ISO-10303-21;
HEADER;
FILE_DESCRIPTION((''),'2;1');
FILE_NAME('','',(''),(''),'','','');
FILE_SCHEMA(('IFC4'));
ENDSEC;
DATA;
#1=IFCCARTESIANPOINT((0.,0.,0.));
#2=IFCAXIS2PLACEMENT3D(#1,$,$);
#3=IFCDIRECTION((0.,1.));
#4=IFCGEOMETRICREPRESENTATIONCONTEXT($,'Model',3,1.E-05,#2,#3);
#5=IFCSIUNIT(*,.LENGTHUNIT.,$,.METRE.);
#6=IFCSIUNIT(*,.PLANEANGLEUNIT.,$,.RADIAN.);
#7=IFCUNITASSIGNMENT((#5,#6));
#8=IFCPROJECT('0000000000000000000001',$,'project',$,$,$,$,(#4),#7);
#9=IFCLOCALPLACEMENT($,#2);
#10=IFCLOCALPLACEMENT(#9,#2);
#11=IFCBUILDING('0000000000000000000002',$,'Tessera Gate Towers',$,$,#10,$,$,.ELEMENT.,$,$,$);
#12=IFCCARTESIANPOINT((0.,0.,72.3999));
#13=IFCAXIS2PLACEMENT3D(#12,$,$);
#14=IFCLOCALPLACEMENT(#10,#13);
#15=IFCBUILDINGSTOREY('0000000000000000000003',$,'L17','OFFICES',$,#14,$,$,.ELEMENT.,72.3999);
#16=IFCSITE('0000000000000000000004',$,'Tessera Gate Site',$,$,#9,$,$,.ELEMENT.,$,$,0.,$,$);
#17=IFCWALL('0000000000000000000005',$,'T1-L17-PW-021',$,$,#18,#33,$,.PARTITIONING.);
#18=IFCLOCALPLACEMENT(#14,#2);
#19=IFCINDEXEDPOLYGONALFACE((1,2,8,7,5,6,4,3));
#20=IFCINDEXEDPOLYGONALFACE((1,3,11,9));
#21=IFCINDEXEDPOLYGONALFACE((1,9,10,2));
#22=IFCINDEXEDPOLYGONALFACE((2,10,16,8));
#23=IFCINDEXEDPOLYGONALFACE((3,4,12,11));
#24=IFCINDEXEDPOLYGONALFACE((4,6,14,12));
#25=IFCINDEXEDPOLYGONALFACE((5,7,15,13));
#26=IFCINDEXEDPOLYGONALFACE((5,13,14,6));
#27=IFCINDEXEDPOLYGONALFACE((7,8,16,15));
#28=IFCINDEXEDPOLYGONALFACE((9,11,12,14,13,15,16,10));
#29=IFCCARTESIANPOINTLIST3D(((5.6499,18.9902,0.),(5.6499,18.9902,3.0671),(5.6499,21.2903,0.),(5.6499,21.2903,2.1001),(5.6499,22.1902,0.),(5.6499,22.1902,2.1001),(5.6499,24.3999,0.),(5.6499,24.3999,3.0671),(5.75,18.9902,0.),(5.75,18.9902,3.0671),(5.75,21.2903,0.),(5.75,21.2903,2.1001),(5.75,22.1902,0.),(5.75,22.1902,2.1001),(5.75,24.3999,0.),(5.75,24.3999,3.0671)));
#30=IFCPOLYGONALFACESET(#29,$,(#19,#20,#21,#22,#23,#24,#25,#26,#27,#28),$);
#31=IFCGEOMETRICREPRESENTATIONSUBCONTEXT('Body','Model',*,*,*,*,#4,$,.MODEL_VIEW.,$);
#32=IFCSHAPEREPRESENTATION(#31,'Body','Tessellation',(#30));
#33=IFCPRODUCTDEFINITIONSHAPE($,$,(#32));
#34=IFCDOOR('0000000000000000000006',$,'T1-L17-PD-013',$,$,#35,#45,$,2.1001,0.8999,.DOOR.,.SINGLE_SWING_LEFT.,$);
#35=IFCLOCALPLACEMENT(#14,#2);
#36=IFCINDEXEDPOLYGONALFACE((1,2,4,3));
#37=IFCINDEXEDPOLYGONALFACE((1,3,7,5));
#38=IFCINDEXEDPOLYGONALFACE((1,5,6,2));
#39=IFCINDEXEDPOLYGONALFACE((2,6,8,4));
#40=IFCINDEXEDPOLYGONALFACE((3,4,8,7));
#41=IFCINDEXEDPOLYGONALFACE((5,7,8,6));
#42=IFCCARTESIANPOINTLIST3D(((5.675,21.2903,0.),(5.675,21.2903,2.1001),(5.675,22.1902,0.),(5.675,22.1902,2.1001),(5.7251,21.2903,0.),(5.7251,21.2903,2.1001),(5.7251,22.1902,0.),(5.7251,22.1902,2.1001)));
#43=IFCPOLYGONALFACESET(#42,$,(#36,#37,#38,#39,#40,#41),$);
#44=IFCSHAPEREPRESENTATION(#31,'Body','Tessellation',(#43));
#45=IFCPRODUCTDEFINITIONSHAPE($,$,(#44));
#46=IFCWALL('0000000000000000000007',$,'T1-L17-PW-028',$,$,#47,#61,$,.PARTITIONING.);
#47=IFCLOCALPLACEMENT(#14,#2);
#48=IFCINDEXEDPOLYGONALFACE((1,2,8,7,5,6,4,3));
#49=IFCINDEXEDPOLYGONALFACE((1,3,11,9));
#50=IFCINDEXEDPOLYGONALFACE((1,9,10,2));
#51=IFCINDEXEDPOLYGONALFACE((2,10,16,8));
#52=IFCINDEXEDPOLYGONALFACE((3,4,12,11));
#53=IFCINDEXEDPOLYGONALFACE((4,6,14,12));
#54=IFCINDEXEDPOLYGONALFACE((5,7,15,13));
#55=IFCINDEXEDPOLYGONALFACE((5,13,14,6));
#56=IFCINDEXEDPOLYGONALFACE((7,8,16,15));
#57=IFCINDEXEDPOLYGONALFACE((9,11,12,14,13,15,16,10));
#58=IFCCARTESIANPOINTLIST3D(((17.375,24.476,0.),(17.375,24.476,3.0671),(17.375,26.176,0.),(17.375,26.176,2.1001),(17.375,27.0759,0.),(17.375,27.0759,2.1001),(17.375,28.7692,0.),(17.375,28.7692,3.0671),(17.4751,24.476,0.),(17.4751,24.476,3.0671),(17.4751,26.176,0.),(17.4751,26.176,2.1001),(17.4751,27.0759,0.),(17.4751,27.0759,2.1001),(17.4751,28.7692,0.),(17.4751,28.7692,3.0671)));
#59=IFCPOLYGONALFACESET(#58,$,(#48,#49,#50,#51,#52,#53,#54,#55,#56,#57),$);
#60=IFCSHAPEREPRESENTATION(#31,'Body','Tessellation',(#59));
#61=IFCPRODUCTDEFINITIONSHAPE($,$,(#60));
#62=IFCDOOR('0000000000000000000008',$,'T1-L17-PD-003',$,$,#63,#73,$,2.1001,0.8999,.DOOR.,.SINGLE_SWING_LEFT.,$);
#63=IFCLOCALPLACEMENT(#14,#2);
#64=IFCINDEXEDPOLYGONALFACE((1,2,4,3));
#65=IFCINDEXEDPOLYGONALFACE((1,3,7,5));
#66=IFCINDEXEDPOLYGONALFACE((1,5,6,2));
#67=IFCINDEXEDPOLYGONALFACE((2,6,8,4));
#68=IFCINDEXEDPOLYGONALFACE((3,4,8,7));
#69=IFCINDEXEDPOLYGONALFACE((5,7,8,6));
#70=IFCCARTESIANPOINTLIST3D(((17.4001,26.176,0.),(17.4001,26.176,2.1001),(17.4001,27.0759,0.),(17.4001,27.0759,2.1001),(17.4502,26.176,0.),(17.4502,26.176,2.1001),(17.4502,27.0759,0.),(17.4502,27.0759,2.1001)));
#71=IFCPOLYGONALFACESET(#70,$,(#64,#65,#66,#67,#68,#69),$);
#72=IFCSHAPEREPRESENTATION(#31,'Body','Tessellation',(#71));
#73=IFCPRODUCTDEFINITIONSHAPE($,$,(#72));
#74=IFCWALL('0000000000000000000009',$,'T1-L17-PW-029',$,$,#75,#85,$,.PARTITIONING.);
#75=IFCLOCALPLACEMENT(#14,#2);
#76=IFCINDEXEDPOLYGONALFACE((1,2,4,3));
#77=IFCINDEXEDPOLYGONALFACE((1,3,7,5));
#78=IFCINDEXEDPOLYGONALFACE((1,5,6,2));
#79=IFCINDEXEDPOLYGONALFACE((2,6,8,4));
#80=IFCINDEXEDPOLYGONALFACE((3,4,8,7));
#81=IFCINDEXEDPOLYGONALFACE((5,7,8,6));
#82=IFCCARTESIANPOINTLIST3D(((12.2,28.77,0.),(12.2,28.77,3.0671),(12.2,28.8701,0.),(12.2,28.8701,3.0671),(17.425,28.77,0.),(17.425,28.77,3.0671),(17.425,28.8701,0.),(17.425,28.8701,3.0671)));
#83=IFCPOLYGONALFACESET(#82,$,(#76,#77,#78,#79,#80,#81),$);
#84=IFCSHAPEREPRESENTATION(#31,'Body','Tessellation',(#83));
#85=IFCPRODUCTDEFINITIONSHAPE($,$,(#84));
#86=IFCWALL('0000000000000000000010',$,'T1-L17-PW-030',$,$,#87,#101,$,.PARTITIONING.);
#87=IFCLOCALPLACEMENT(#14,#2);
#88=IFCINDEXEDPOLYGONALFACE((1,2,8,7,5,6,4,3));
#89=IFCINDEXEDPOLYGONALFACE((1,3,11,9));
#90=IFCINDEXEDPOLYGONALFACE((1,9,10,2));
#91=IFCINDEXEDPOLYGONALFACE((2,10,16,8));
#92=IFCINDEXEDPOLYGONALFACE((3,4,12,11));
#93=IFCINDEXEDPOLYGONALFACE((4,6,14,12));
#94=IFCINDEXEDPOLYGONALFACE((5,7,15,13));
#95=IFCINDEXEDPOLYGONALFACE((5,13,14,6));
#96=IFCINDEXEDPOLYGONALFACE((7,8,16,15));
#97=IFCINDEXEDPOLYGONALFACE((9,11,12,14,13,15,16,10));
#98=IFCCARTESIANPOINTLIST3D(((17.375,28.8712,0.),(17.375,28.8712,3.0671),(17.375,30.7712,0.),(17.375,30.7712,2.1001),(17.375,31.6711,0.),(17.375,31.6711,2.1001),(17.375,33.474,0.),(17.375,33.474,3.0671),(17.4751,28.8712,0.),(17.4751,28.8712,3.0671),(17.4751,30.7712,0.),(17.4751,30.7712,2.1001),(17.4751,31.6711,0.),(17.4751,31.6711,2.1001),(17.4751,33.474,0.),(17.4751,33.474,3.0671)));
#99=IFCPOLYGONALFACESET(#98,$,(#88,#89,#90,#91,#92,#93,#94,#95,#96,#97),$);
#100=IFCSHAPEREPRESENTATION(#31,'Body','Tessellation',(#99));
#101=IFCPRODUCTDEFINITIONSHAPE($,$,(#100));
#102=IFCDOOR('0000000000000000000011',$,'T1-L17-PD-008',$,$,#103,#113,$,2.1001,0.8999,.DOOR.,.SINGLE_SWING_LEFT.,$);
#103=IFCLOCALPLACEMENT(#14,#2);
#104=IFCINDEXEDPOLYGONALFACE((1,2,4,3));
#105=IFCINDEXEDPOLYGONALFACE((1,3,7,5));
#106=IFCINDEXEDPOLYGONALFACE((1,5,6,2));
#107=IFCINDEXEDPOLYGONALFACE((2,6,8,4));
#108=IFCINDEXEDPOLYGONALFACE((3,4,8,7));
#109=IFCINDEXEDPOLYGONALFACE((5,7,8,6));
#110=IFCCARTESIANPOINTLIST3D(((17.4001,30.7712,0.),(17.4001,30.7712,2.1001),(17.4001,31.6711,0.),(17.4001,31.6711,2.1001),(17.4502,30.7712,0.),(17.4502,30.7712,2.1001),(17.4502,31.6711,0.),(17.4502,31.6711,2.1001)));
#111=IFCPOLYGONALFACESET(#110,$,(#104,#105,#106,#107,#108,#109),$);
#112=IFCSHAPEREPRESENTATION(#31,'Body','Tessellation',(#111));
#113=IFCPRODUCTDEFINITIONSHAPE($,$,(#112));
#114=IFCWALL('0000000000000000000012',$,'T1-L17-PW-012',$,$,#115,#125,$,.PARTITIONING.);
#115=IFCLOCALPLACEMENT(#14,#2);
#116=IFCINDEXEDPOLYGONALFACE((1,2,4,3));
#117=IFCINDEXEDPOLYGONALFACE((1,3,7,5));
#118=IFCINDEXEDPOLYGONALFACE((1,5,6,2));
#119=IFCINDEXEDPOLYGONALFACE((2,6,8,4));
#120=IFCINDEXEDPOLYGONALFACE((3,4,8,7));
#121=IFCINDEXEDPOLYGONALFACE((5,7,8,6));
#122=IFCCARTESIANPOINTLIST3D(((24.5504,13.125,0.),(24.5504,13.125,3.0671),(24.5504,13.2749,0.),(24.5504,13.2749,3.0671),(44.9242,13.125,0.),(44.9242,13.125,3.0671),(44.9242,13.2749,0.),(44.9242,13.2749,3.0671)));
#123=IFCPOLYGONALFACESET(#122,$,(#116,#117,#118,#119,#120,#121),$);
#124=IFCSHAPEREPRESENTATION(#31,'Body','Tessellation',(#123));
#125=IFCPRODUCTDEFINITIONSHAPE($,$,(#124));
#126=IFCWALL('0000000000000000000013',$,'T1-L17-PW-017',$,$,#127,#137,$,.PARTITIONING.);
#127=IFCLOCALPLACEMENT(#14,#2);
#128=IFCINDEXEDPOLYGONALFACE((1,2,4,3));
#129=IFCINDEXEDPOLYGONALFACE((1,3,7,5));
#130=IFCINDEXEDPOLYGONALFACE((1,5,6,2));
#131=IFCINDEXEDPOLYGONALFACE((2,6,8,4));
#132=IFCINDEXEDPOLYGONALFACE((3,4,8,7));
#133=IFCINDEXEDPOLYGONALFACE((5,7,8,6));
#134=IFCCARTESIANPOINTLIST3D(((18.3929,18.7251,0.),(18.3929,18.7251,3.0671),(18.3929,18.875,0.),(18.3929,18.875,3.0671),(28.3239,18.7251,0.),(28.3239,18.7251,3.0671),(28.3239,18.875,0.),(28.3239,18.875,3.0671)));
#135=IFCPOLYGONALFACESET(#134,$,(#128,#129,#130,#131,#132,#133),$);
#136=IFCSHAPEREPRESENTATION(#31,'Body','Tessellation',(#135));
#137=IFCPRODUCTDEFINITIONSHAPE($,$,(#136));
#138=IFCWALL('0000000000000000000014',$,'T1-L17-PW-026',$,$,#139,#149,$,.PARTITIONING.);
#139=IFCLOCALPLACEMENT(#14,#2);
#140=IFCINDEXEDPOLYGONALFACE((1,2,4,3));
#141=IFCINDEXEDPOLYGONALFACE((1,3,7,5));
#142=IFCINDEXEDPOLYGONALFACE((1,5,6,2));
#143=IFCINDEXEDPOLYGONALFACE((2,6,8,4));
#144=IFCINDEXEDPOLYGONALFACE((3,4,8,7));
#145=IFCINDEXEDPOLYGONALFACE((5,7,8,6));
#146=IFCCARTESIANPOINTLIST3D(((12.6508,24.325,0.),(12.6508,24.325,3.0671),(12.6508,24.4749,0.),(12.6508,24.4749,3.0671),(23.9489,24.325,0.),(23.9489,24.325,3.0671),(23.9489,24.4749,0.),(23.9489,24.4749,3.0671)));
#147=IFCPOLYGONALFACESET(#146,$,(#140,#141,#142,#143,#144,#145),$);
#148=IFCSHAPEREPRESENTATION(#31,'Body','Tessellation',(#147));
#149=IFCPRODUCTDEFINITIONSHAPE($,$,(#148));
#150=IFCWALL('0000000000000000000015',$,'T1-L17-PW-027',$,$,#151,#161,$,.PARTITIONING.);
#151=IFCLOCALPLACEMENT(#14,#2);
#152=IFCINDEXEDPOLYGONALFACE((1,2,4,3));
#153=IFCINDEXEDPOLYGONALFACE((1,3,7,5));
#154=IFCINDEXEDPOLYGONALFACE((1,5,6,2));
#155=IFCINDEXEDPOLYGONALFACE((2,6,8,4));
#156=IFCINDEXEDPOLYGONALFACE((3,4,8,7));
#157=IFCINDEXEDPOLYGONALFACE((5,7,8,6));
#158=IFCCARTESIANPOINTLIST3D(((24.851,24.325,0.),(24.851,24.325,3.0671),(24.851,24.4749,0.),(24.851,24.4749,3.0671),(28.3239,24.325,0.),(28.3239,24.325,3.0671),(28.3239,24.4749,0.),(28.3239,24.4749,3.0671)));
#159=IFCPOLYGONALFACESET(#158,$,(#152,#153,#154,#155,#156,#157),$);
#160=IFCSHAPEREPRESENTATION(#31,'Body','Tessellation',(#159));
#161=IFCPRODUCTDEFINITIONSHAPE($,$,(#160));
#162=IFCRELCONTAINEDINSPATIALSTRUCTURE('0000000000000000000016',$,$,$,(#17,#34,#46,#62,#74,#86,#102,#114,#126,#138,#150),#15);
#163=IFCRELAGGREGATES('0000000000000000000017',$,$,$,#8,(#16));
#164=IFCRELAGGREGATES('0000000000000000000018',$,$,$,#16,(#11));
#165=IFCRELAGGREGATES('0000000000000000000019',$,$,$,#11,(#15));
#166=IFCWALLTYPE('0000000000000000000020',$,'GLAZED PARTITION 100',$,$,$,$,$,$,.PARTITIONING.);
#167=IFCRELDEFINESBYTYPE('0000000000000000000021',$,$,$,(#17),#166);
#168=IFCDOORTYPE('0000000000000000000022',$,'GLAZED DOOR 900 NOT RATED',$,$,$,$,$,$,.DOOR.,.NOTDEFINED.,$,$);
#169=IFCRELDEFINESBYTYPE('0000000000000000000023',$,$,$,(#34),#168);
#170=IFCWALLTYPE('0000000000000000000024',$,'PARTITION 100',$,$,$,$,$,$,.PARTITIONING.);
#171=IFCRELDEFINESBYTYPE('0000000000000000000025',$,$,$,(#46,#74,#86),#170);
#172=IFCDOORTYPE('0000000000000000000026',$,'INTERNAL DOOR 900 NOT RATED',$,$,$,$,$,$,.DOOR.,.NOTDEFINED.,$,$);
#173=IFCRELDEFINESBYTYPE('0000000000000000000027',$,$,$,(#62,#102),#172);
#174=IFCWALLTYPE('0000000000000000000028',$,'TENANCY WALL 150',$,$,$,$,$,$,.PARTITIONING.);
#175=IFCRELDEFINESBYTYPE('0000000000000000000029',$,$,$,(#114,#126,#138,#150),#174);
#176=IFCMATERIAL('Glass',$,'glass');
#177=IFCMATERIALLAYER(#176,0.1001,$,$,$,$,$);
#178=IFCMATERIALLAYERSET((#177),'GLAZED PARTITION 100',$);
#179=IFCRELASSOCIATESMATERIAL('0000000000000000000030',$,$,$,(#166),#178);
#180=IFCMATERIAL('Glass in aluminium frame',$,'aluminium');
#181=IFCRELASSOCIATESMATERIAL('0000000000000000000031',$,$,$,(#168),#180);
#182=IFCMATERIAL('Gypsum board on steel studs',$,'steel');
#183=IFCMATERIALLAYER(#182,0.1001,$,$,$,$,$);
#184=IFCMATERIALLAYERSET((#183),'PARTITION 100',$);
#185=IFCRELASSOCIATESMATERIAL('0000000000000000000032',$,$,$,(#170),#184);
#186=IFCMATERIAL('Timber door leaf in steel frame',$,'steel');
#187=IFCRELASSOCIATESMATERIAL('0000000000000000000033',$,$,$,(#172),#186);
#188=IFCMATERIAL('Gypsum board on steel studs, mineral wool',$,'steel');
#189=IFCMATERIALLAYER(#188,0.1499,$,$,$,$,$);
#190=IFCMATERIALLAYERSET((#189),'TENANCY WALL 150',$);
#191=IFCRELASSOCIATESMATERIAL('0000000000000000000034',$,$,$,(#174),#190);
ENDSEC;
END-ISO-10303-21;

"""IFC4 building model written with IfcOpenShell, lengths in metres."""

from ifc_helpers import new_model, si_unit, direction, frame, frame_2d, origin, place, context, subcontext, project, spatial, rectangle, extrude, source, transform, mapped, material, layer, layer_set, type_object, element, fill, save


model = new_model("IFC4")

# Units and contexts
model_context = context("Model", 3, precision=1e-05, world=origin(), true_north=direction((0.0, 1.0)))
body_context = subcontext(model_context, "Body", "Model", "MODEL_VIEW")
ifc_project = project(units=[si_unit("LENGTHUNIT", "METRE"), si_unit("PLANEANGLEUNIT", "RADIAN")], contexts=[model_context])

# Site, building, storey
site_placement = place(None, origin())
site = spatial("IfcSite", under=ifc_project, at=site_placement, Name="Tessera Gate Site", CompositionType="ELEMENT", RefElevation=0.0)
building_placement = place(site_placement, origin())
building = spatial("IfcBuilding", under=site, at=building_placement, Name="Tessera Gate Towers", CompositionType="ELEMENT")
storey_placement = place(building_placement, frame((0.0, 0.0, 72.3999)))
storey = spatial("IfcBuildingStorey", under=building, at=storey_placement, Name="L17", Description="OFFICES", CompositionType="ELEMENT", Elevation=72.3999)

# Walls, openings, doors
ifc_material_1 = material(Name="Glass", Category="glass")
ifc_layer_1 = layer(ifc_material_1, 0.1001)
ifc_layer_set_1 = layer_set([ifc_layer_1], Name="GLAZED PARTITION 100")
wall_type_1 = type_object("IfcWallType", Name="GLAZED PARTITION 100", PredefinedType="PARTITIONING", material=ifc_layer_set_1)
wall_1_placement = place(storey_placement, frame((5.7, 18.9902, 0.0), z_axis=(0.0, 0.0, 1.0), x_axis=(0.0, 1.0, 0.0)))
wall_1 = element("IfcWall", 1, at=wall_1_placement, inside=storey, type_object=wall_type_1, Name="T1-L17-PW-021", PredefinedType="PARTITIONING", context=body_context, shape_type="SweptSolid", body=[
    extrude(rectangle(XDim=5.4097, YDim=0.1001, at=frame_2d((2.7048, 0.0))), origin(), (0.0, 0.0, 1.0), 3.0671),
])
shared_shape_1 = source(origin(), body_context, "Body", "SweptSolid", [
    extrude(rectangle(XDim=0.8999, YDim=2.1001, at=frame_2d((0.45, 1.05))), frame((0.0, 0.0601, 0.0), z_axis=(0.0, -1.0, 0.0), x_axis=(1.0, 0.0, 0.0)), (0.0, 0.0, 1.0), 0.1201),
])
opening_1_placement = place(wall_1_placement, frame((2.3, 0.0, 0.0)))
opening_1 = element("IfcOpeningElement", 2, at=opening_1_placement, cuts=wall_1, PredefinedType="OPENING", context=body_context, shape_type="MappedRepresentation", body=[
    mapped(shared_shape_1, transform((0.0, 0.0, 0.0), scale=1.0)),
])
ifc_material_2 = material(Name="Glass in aluminium frame", Category="aluminium")
door_type_1 = type_object("IfcDoorType", Name="GLAZED DOOR 900 NOT RATED", OperationType="NOTDEFINED", PredefinedType="DOOR", material=ifc_material_2)
shared_shape_2 = source(origin(), body_context, "Body", "SweptSolid", [
    extrude(rectangle(XDim=0.8999, YDim=2.1001, at=frame_2d((0.45, 1.05))), frame((0.0, 0.0249, 0.0), z_axis=(0.0, -1.0, 0.0), x_axis=(1.0, 0.0, 0.0)), (0.0, 0.0, 1.0), 0.05),
])
door_1_placement = place(opening_1_placement, origin())
door_1 = element("IfcDoor", 3, at=door_1_placement, inside=storey, type_object=door_type_1, Name="T1-L17-PD-013", OperationType="SINGLE_SWING_LEFT", OverallHeight=2.1001, OverallWidth=0.8999, PredefinedType="DOOR", context=body_context, shape_type="MappedRepresentation", body=[
    mapped(shared_shape_2, transform((0.0, 0.0, 0.0), scale=1.0)),
])
fill(opening_1, door_1)
ifc_material_3 = material(Name="Gypsum board on steel studs", Category="steel")
ifc_layer_2 = layer(ifc_material_3, 0.1001)
ifc_layer_set_2 = layer_set([ifc_layer_2], Name="PARTITION 100")
wall_type_2 = type_object("IfcWallType", Name="PARTITION 100", PredefinedType="PARTITIONING", material=ifc_layer_set_2)
wall_2_placement = place(storey_placement, frame((17.425, 24.4761, 0.0), z_axis=(0.0, 0.0, 1.0), x_axis=(0.0, 1.0, 0.0)))
wall_2 = element("IfcWall", 4, at=wall_2_placement, inside=storey, type_object=wall_type_2, Name="T1-L17-PW-028", PredefinedType="PARTITIONING", context=body_context, shape_type="SweptSolid", body=[
    extrude(rectangle(XDim=4.2932, YDim=0.1001, at=frame_2d((2.1465, 0.0))), origin(), (0.0, 0.0, 1.0), 3.0671),
])
opening_2_placement = place(wall_2_placement, frame((1.7, 0.0, 0.0)))
opening_2 = element("IfcOpeningElement", 5, at=opening_2_placement, cuts=wall_2, PredefinedType="OPENING", context=body_context, shape_type="MappedRepresentation", body=[
    mapped(shared_shape_1, transform((0.0, 0.0, 0.0), scale=1.0)),
])
ifc_material_4 = material(Name="Timber door leaf in steel frame", Category="steel")
door_type_2 = type_object("IfcDoorType", Name="INTERNAL DOOR 900 NOT RATED", OperationType="NOTDEFINED", PredefinedType="DOOR", material=ifc_material_4)
door_2_placement = place(opening_2_placement, origin())
door_2 = element("IfcDoor", 6, at=door_2_placement, inside=storey, type_object=door_type_2, Name="T1-L17-PD-003", OperationType="SINGLE_SWING_LEFT", OverallHeight=2.1001, OverallWidth=0.8999, PredefinedType="DOOR", context=body_context, shape_type="MappedRepresentation", body=[
    mapped(shared_shape_2, transform((0.0, 0.0, 0.0), scale=1.0)),
])
fill(opening_2, door_2)

# Wall
wall_3_placement = place(storey_placement, frame((12.2, 28.8201, 0.0), z_axis=(0.0, 0.0, 1.0), x_axis=(1.0, 0.0, 0.0)))
element("IfcWall", 7, at=wall_3_placement, inside=storey, type_object=wall_type_2, Name="T1-L17-PW-029", PredefinedType="PARTITIONING", context=body_context, shape_type="SweptSolid", body=[
    extrude(rectangle(XDim=5.2251, YDim=0.1001, at=frame_2d((2.6125, 0.0))), origin(), (0.0, 0.0, 1.0), 3.0671),
])

# Wall, opening, door
wall_4_placement = place(storey_placement, frame((17.425, 28.8713, 0.0), z_axis=(0.0, 0.0, 1.0), x_axis=(0.0, 1.0, 0.0)))
wall_4 = element("IfcWall", 8, at=wall_4_placement, inside=storey, type_object=wall_type_2, Name="T1-L17-PW-030", PredefinedType="PARTITIONING", context=body_context, shape_type="SweptSolid", body=[
    extrude(rectangle(XDim=4.6028, YDim=0.1001, at=frame_2d((2.3013, 0.0))), origin(), (0.0, 0.0, 1.0), 3.0671),
])
opening_3_placement = place(wall_4_placement, frame((1.8999, 0.0, 0.0)))
opening_3 = element("IfcOpeningElement", 9, at=opening_3_placement, cuts=wall_4, PredefinedType="OPENING", context=body_context, shape_type="MappedRepresentation", body=[
    mapped(shared_shape_1, transform((0.0, 0.0, 0.0), scale=1.0)),
])
door_3_placement = place(opening_3_placement, origin())
door_3 = element("IfcDoor", 10, at=door_3_placement, inside=storey, type_object=door_type_2, Name="T1-L17-PD-008", OperationType="SINGLE_SWING_LEFT", OverallHeight=2.1001, OverallWidth=0.8999, PredefinedType="DOOR", context=body_context, shape_type="MappedRepresentation", body=[
    mapped(shared_shape_2, transform((0.0, 0.0, 0.0), scale=1.0)),
])
fill(opening_3, door_3)

# Walls
ifc_material_5 = material(Name="Gypsum board on steel studs, mineral wool", Category="steel")
ifc_layer_3 = layer(ifc_material_5, 0.1499)
ifc_layer_set_3 = layer_set([ifc_layer_3], Name="TENANCY WALL 150")
wall_type_3 = type_object("IfcWallType", Name="TENANCY WALL 150", PredefinedType="PARTITIONING", material=ifc_layer_set_3)
wall_5_placement = place(storey_placement, frame((24.5503, 13.2, 0.0), z_axis=(0.0, 0.0, 1.0), x_axis=(1.0, 0.0, 0.0)))
element("IfcWall", 11, at=wall_5_placement, inside=storey, type_object=wall_type_3, Name="T1-L17-PW-012", PredefinedType="PARTITIONING", context=body_context, shape_type="SweptSolid", body=[
    extrude(rectangle(XDim=20.3738, YDim=0.1499, at=frame_2d((10.187, 0.0))), origin(), (0.0, 0.0, 1.0), 3.0671),
])
wall_6_placement = place(storey_placement, frame((18.3931, 18.8, 0.0), z_axis=(0.0, 0.0, 1.0), x_axis=(1.0, 0.0, 0.0)))
element("IfcWall", 12, at=wall_6_placement, inside=storey, type_object=wall_type_3, Name="T1-L17-PW-017", PredefinedType="PARTITIONING", context=body_context, shape_type="SweptSolid", body=[
    extrude(rectangle(XDim=9.9309, YDim=0.1499, at=frame_2d((4.9653, 0.0))), origin(), (0.0, 0.0, 1.0), 3.0671),
])
wall_7_placement = place(storey_placement, frame((12.6509, 24.3999, 0.0), z_axis=(0.0, 0.0, 1.0), x_axis=(1.0, 0.0, 0.0)))
element("IfcWall", 13, at=wall_7_placement, inside=storey, type_object=wall_type_3, Name="T1-L17-PW-026", PredefinedType="PARTITIONING", context=body_context, shape_type="SweptSolid", body=[
    extrude(rectangle(XDim=11.2981, YDim=0.1499, at=frame_2d((5.6489, 0.0))), origin(), (0.0, 0.0, 1.0), 3.0671),
])
wall_8_placement = place(storey_placement, frame((24.8511, 24.3999, 0.0), z_axis=(0.0, 0.0, 1.0), x_axis=(1.0, 0.0, 0.0)))
element("IfcWall", 14, at=wall_8_placement, inside=storey, type_object=wall_type_3, Name="T1-L17-PW-027", PredefinedType="PARTITIONING", context=body_context, shape_type="SweptSolid", body=[
    extrude(rectangle(XDim=3.4729, YDim=0.1499, at=frame_2d((1.7363, 0.0))), origin(), (0.0, 0.0, 1.0), 3.0671),
])

save(model, "model.ifc")
